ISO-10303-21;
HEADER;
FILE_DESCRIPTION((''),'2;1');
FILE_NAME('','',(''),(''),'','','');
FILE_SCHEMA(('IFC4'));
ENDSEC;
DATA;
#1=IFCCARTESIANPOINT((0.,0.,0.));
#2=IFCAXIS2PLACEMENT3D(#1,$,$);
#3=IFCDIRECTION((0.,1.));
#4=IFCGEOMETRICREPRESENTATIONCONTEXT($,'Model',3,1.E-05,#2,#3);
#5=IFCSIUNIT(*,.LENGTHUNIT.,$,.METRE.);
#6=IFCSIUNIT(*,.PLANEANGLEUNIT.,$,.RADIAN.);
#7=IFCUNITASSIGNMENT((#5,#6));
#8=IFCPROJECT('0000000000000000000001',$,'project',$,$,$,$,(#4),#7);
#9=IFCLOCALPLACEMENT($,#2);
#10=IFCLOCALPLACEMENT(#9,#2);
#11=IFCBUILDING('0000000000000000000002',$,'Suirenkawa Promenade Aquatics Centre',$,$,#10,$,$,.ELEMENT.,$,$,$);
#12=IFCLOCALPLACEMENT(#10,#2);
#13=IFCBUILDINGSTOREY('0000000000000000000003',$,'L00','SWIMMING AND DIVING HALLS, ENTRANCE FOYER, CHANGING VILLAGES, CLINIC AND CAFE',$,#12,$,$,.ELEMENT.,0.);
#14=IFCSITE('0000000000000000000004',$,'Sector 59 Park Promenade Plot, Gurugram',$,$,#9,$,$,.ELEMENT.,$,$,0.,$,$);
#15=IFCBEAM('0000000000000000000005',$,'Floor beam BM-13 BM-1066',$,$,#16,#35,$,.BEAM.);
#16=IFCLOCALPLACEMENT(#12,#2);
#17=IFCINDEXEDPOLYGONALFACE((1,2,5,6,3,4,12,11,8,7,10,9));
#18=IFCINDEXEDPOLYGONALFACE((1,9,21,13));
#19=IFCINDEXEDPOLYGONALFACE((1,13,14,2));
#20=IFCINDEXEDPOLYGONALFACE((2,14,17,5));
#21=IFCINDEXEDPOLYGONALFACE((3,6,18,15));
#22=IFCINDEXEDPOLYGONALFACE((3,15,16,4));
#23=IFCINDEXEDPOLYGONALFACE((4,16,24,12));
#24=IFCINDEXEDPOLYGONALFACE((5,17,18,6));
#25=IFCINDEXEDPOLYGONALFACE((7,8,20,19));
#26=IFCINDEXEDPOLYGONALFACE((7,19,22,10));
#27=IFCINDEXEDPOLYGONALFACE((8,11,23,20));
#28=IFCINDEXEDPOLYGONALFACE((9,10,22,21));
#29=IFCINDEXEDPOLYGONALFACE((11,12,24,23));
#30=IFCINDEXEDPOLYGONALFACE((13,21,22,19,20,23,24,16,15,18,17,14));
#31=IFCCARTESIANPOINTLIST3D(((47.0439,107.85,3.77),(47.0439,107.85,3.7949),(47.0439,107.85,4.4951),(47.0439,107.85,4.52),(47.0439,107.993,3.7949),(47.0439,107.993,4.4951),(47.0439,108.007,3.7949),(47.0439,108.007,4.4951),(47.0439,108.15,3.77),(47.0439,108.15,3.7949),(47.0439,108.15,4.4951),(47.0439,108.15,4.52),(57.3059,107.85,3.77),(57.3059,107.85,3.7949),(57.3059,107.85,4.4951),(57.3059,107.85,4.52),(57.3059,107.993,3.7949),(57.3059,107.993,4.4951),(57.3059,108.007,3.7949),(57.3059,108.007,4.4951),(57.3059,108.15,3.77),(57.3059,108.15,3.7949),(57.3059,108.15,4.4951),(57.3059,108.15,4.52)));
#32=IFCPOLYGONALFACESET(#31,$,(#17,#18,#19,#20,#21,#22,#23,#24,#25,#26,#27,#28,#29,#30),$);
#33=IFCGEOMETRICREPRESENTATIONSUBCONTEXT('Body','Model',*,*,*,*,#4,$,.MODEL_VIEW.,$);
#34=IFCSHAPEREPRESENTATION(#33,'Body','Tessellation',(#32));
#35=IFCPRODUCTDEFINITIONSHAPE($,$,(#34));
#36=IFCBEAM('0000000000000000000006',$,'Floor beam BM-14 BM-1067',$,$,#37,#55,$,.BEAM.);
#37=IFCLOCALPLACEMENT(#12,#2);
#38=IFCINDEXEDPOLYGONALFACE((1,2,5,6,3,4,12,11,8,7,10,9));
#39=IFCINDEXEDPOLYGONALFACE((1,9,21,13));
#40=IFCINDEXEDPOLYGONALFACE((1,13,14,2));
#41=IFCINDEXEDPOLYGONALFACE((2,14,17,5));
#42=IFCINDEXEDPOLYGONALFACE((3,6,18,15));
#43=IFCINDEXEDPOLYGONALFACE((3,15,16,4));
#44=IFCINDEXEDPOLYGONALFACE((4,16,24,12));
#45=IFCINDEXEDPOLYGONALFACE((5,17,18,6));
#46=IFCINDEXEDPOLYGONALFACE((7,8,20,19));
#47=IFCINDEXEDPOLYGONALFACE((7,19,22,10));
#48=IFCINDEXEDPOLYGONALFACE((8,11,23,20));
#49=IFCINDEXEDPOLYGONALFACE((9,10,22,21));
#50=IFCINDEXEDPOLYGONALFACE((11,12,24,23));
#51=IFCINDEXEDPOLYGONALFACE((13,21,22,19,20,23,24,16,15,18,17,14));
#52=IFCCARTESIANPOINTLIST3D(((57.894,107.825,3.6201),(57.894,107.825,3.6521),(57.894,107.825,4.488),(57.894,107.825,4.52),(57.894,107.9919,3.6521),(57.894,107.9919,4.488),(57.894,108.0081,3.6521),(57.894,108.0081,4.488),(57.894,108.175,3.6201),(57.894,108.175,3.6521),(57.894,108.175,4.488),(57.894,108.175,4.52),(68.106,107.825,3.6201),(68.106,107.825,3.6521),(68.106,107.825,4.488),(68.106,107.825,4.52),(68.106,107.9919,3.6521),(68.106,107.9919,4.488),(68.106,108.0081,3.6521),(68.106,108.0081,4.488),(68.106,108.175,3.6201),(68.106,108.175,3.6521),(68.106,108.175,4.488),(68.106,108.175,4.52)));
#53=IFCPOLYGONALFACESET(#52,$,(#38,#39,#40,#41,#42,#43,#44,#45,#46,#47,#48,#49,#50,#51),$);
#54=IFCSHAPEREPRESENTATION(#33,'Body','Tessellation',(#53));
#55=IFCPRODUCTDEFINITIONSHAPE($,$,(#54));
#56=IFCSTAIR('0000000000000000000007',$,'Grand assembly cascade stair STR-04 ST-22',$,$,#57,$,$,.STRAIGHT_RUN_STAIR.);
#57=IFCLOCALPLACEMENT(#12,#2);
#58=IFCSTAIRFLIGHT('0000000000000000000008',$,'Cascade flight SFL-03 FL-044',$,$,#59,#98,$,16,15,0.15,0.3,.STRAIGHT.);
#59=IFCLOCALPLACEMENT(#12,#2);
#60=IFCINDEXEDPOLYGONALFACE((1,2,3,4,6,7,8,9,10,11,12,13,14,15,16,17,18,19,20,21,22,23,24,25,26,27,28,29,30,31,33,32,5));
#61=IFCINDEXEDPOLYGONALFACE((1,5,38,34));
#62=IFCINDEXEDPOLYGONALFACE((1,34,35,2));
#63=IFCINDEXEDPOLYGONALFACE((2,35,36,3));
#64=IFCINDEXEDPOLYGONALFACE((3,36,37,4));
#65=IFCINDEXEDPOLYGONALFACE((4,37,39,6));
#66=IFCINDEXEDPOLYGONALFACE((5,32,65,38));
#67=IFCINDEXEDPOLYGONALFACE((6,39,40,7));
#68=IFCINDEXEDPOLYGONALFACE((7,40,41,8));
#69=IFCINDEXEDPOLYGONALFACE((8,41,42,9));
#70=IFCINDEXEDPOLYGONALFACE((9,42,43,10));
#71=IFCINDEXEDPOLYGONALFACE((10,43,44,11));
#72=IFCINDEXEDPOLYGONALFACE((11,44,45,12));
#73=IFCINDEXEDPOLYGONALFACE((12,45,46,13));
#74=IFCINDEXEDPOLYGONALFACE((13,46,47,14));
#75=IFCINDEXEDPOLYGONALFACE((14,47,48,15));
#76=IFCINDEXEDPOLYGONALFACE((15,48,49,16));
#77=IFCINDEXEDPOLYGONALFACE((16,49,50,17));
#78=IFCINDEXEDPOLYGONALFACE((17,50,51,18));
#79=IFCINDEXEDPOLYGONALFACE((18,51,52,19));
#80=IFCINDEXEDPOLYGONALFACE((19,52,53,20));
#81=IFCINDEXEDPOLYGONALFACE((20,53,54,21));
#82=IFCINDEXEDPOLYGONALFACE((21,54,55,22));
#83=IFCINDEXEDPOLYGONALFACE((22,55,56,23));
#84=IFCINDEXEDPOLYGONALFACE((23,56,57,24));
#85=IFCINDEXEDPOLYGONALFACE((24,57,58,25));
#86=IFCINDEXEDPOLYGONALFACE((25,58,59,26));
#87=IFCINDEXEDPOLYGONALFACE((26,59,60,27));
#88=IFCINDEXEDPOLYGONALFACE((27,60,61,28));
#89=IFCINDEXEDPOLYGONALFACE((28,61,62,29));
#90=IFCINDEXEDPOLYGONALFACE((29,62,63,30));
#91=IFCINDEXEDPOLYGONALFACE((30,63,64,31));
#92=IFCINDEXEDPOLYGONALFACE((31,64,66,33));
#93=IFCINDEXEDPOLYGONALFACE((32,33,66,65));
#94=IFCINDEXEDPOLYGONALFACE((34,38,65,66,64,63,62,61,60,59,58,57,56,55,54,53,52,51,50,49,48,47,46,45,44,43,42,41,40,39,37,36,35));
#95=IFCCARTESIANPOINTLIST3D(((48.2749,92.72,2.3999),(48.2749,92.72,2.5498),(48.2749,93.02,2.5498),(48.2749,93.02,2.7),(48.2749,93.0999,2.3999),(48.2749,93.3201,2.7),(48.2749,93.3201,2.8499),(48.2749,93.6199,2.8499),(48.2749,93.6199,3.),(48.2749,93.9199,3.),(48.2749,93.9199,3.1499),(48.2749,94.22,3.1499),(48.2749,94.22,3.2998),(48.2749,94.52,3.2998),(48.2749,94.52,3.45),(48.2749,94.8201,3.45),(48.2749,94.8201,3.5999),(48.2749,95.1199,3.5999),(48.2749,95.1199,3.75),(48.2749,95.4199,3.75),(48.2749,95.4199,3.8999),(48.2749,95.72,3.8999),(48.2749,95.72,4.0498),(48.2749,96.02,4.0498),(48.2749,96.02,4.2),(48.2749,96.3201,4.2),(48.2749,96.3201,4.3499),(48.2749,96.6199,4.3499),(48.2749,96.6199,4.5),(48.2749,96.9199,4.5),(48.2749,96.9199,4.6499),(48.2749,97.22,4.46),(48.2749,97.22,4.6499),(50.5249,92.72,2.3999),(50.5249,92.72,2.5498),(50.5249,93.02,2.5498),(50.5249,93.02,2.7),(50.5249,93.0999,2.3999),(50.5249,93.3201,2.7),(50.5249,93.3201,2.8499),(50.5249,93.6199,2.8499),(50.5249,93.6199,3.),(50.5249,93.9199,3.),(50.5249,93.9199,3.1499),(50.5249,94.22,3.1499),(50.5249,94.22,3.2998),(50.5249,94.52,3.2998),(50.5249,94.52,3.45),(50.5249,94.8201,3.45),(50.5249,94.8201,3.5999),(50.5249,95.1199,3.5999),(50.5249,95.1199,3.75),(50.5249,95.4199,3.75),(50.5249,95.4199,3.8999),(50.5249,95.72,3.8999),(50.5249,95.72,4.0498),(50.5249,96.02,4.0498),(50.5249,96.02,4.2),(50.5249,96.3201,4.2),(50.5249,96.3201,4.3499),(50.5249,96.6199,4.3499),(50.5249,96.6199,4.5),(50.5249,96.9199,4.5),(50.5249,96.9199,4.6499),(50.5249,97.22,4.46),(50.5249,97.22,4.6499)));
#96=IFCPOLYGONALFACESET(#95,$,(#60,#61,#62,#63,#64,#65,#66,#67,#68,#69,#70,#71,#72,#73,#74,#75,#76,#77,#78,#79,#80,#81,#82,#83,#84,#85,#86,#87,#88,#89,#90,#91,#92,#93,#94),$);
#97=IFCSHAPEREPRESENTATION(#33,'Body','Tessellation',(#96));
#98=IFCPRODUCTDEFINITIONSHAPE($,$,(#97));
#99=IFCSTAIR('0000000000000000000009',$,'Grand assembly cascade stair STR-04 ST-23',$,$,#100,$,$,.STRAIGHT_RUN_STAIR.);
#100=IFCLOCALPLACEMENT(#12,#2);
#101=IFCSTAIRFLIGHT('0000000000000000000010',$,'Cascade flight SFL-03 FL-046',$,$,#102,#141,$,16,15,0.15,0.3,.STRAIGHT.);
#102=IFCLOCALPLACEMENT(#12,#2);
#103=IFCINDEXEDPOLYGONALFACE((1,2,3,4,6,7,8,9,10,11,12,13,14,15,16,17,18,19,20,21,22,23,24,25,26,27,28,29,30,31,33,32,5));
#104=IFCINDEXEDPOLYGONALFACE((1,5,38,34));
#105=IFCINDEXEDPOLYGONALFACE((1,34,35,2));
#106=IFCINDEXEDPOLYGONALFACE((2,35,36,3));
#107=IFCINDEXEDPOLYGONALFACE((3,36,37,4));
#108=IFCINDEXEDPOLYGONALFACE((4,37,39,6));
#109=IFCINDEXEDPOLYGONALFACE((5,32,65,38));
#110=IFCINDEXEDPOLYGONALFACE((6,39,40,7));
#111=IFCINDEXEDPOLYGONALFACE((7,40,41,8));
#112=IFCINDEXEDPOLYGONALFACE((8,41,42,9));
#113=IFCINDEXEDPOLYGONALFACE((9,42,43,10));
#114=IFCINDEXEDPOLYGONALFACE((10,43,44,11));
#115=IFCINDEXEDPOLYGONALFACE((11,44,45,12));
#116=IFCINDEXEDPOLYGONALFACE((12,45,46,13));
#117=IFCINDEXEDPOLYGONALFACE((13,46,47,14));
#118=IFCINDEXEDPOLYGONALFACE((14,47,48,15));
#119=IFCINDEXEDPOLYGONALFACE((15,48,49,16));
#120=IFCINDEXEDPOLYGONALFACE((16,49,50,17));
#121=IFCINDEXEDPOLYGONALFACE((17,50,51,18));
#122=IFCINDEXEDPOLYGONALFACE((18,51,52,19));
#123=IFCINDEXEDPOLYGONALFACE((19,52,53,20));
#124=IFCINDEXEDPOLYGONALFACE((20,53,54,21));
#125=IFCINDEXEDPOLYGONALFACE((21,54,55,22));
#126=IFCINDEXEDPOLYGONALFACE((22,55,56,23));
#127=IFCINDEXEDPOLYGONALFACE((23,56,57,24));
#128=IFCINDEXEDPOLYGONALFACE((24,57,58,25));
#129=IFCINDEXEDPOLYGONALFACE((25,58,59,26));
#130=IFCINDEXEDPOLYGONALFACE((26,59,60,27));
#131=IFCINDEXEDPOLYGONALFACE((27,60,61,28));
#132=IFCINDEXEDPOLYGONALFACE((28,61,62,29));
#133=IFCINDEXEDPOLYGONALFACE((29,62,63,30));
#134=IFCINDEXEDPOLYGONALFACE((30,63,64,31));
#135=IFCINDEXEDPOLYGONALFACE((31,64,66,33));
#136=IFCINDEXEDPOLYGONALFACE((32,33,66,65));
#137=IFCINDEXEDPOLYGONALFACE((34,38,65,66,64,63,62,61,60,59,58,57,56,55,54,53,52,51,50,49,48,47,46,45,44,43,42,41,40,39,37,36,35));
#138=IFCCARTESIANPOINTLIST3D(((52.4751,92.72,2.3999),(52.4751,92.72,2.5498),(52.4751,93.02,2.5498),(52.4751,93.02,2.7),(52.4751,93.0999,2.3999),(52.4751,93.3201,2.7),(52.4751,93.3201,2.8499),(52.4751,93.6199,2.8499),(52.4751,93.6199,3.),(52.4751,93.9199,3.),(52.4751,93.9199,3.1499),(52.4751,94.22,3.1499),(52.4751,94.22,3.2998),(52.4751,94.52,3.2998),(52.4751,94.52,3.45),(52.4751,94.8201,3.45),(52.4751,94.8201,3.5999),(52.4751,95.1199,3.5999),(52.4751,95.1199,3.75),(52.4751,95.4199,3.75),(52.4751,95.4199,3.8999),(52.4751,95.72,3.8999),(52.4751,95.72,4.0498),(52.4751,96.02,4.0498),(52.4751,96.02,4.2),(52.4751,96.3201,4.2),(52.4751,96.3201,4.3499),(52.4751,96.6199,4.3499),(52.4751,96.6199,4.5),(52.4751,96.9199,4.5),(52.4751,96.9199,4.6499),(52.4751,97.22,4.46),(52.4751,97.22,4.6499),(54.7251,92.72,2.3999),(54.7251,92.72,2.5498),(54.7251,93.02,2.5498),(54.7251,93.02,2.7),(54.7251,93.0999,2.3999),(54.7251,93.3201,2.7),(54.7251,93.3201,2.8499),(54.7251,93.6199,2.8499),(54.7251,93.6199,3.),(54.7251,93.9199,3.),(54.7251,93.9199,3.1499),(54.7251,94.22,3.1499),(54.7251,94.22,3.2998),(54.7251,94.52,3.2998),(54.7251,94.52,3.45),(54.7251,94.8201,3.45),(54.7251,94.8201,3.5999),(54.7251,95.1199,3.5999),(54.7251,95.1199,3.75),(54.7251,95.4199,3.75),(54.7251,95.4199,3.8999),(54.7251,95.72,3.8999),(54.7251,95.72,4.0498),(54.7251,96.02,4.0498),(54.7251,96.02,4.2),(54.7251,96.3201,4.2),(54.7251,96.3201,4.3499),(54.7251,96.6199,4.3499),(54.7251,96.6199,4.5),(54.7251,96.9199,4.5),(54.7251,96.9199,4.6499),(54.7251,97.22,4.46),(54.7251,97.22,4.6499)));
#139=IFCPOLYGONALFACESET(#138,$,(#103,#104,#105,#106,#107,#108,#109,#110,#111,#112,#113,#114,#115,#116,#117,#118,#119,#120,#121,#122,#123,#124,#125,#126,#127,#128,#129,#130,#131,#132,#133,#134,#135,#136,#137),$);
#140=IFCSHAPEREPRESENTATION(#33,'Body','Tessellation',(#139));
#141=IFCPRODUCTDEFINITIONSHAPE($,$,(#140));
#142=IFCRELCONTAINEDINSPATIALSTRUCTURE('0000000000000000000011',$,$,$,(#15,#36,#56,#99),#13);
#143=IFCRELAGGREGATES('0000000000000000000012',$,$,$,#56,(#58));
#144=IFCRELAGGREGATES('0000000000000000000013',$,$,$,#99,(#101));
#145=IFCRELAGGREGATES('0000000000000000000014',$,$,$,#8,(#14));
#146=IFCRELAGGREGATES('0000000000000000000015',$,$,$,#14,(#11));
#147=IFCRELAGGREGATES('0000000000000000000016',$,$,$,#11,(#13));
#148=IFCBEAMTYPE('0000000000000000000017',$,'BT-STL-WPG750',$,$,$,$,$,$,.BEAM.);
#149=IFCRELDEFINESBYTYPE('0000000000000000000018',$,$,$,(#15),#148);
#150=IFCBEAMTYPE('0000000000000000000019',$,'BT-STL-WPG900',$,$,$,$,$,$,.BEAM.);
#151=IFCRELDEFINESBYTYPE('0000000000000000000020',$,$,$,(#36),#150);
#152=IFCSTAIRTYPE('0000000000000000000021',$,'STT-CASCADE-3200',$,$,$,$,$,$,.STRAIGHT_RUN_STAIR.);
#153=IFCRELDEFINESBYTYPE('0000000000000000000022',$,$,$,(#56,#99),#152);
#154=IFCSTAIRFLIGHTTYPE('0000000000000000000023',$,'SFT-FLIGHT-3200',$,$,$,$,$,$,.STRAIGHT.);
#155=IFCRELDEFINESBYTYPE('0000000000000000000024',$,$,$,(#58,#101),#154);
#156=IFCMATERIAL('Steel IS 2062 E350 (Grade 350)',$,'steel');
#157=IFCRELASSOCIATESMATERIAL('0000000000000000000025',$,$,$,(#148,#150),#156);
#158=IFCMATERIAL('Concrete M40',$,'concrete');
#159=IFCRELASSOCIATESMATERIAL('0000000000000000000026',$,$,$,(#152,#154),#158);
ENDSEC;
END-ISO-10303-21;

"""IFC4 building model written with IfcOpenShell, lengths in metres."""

from ifc_helpers import new_model, si_unit, direction, frame, origin, origin_2d, place, context, subcontext, project, spatial, polyline, i_section, outline, extrude, material, material_profile, profile_set, type_object, element, aggregate, save


model = new_model("IFC4")

# Units and contexts
model_context = context("Model", 3, precision=1e-05, world=origin(), true_north=direction((0.0, 1.0)))
body_context = subcontext(model_context, "Body", "Model", "MODEL_VIEW")
ifc_project = project(units=[si_unit("LENGTHUNIT", "METRE"), si_unit("PLANEANGLEUNIT", "RADIAN")], contexts=[model_context])

# Site, building, storey
site_placement = place(None, origin())
site = spatial("IfcSite", under=ifc_project, at=site_placement, Name="Sector 59 Park Promenade Plot, Gurugram", CompositionType="ELEMENT", RefElevation=0.0)
building_placement = place(site_placement, origin())
building = spatial("IfcBuilding", under=site, at=building_placement, Name="Suirenkawa Promenade Aquatics Centre", CompositionType="ELEMENT")
storey_placement = place(building_placement, origin())
storey = spatial("IfcBuildingStorey", under=building, at=storey_placement, Name="L00", Description="SWIMMING AND DIVING HALLS, ENTRANCE FOYER, CHANGING VILLAGES, CLINIC AND CAFE", CompositionType="ELEMENT", Elevation=0.0)

# Shared definitions
ifc_material_1 = material(Name="Concrete M40", Category="concrete")

# Beams
ifc_material_2 = material(Name="Steel IS 2062 E350 (Grade 350)", Category="steel")
ifc_material_profile_1 = material_profile(ifc_material_2, i_section(OverallWidth=0.3, OverallDepth=0.75, WebThickness=0.0139, FlangeThickness=0.0249, at=origin_2d()), Name="WPG 750x300", Category="steel")
ifc_profile_set_1 = profile_set([ifc_material_profile_1], Name="Steel IS 2062 E350 (Grade 350)")
beam_type_1 = type_object("IfcBeamType", Name="BT-STL-WPG750", PredefinedType="BEAM", material=ifc_profile_set_1)
beam_1_placement = place(storey_placement, frame((47.0439, 108.0, 4.145), z_axis=(1.0, 0.0, 0.0), x_axis=(0.0, 1.0, 0.0)))
element("IfcBeam", 1, at=beam_1_placement, inside=storey, type_object=beam_type_1, Name="Floor beam BM-13 BM-1066", PredefinedType="BEAM", context=body_context, shape_type="SweptSolid", body=[
    extrude(i_section(OverallWidth=0.3, OverallDepth=0.75, WebThickness=0.0139, FlangeThickness=0.0249, at=origin_2d()), origin(), (0.0, 0.0, 1.0), 10.262),
])
ifc_material_profile_2 = material_profile(ifc_material_2, i_section(OverallWidth=0.3501, OverallDepth=0.8999, WebThickness=0.0161, FlangeThickness=0.032, at=origin_2d()), Name="WPG 900x350", Category="steel")
ifc_profile_set_2 = profile_set([ifc_material_profile_2], Name="Steel IS 2062 E350 (Grade 350)")
beam_type_2 = type_object("IfcBeamType", Name="BT-STL-WPG900", PredefinedType="BEAM", material=ifc_profile_set_2)
beam_2_placement = place(storey_placement, frame((57.894, 108.0, 4.0701), z_axis=(1.0, 0.0, 0.0), x_axis=(0.0, 1.0, 0.0)))
element("IfcBeam", 2, at=beam_2_placement, inside=storey, type_object=beam_type_2, Name="Floor beam BM-14 BM-1067", PredefinedType="BEAM", context=body_context, shape_type="SweptSolid", body=[
    extrude(i_section(OverallWidth=0.3501, OverallDepth=0.8999, WebThickness=0.0161, FlangeThickness=0.032, at=origin_2d()), origin(), (0.0, 0.0, 1.0), 10.2119),
])

# Stairs, stair flights
stair_type = type_object("IfcStairType", Name="STT-CASCADE-3200", PredefinedType="STRAIGHT_RUN_STAIR", material=ifc_material_1)
stair_1_placement = place(storey_placement, origin())
stair_1 = element("IfcStair", 3, at=stair_1_placement, inside=storey, type_object=stair_type, Name="Grand assembly cascade stair STR-04 ST-22", PredefinedType="STRAIGHT_RUN_STAIR")
stair_flight_type = type_object("IfcStairFlightType", Name="SFT-FLIGHT-3200", PredefinedType="STRAIGHT", material=ifc_material_1)
stair_flight_1_placement = place(storey_placement, frame((49.3999, 92.72, 2.3999), z_axis=(0.0, 0.0, 1.0), x_axis=(0.0, 1.0, 0.0)))
stair_flight_1 = element("IfcStairFlight", 4, at=stair_flight_1_placement, type_object=stair_flight_type, Name="Cascade flight SFL-03 FL-044", NumberOfRisers=16, NumberOfTreads=15, PredefinedType="STRAIGHT", RiserHeight=0.15, TreadLength=0.3, context=body_context, shape_type="SweptSolid", body=[
    extrude(outline(polyline([(0.0, 0.0), (0.0, 0.1499), (0.3, 0.1499), (0.3, 0.3), (0.6001, 0.3), (0.6001, 0.45), (0.8999, 0.45), (0.8999, 0.6001), (1.2, 0.6001), (1.2, 0.75), (1.5, 0.75), (1.5, 0.8999), (1.8, 0.8999), (1.8, 1.05), (2.1001, 1.05), (2.1001, 1.2), (2.3999, 1.2), (2.3999, 1.3501), (2.7, 1.3501), (2.7, 1.5), (3.0, 1.5), (3.0, 1.6499), (3.3, 1.6499), (3.3, 1.8), (3.6001, 1.8), (3.6001, 1.95), (3.8999, 1.95), (3.8999, 2.1001), (4.2, 2.1001), (4.2, 2.25), (4.5, 2.25), (4.5, 2.3999), (4.5, 2.0601), (0.3799, 0.0), (0.0, 0.0)])), frame((0.0, 1.125, 0.0), z_axis=(0.0, -1.0, 0.0), x_axis=(1.0, 0.0, 0.0)), (0.0, 0.0, 1.0), 2.25),
])
aggregate(stair_1, [stair_flight_1])
stair_2_placement = place(storey_placement, origin())
stair_2 = element("IfcStair", 5, at=stair_2_placement, inside=storey, type_object=stair_type, Name="Grand assembly cascade stair STR-04 ST-23", PredefinedType="STRAIGHT_RUN_STAIR")
stair_flight_2_placement = place(storey_placement, frame((53.6001, 92.72, 2.3999), z_axis=(0.0, 0.0, 1.0), x_axis=(0.0, 1.0, 0.0)))
stair_flight_2 = element("IfcStairFlight", 6, at=stair_flight_2_placement, type_object=stair_flight_type, Name="Cascade flight SFL-03 FL-046", NumberOfRisers=16, NumberOfTreads=15, PredefinedType="STRAIGHT", RiserHeight=0.15, TreadLength=0.3, context=body_context, shape_type="SweptSolid", body=[
    extrude(outline(polyline([(0.0, 0.0), (0.0, 0.1499), (0.3, 0.1499), (0.3, 0.3), (0.6001, 0.3), (0.6001, 0.45), (0.8999, 0.45), (0.8999, 0.6001), (1.2, 0.6001), (1.2, 0.75), (1.5, 0.75), (1.5, 0.8999), (1.8, 0.8999), (1.8, 1.05), (2.1001, 1.05), (2.1001, 1.2), (2.3999, 1.2), (2.3999, 1.3501), (2.7, 1.3501), (2.7, 1.5), (3.0, 1.5), (3.0, 1.6499), (3.3, 1.6499), (3.3, 1.8), (3.6001, 1.8), (3.6001, 1.95), (3.8999, 1.95), (3.8999, 2.1001), (4.2, 2.1001), (4.2, 2.25), (4.5, 2.25), (4.5, 2.3999), (4.5, 2.0601), (0.3799, 0.0), (0.0, 0.0)])), frame((0.0, 1.125, 0.0), z_axis=(0.0, -1.0, 0.0), x_axis=(1.0, 0.0, 0.0)), (0.0, 0.0, 1.0), 2.25),
])
aggregate(stair_2, [stair_flight_2])

save(model, "model.ifc")
